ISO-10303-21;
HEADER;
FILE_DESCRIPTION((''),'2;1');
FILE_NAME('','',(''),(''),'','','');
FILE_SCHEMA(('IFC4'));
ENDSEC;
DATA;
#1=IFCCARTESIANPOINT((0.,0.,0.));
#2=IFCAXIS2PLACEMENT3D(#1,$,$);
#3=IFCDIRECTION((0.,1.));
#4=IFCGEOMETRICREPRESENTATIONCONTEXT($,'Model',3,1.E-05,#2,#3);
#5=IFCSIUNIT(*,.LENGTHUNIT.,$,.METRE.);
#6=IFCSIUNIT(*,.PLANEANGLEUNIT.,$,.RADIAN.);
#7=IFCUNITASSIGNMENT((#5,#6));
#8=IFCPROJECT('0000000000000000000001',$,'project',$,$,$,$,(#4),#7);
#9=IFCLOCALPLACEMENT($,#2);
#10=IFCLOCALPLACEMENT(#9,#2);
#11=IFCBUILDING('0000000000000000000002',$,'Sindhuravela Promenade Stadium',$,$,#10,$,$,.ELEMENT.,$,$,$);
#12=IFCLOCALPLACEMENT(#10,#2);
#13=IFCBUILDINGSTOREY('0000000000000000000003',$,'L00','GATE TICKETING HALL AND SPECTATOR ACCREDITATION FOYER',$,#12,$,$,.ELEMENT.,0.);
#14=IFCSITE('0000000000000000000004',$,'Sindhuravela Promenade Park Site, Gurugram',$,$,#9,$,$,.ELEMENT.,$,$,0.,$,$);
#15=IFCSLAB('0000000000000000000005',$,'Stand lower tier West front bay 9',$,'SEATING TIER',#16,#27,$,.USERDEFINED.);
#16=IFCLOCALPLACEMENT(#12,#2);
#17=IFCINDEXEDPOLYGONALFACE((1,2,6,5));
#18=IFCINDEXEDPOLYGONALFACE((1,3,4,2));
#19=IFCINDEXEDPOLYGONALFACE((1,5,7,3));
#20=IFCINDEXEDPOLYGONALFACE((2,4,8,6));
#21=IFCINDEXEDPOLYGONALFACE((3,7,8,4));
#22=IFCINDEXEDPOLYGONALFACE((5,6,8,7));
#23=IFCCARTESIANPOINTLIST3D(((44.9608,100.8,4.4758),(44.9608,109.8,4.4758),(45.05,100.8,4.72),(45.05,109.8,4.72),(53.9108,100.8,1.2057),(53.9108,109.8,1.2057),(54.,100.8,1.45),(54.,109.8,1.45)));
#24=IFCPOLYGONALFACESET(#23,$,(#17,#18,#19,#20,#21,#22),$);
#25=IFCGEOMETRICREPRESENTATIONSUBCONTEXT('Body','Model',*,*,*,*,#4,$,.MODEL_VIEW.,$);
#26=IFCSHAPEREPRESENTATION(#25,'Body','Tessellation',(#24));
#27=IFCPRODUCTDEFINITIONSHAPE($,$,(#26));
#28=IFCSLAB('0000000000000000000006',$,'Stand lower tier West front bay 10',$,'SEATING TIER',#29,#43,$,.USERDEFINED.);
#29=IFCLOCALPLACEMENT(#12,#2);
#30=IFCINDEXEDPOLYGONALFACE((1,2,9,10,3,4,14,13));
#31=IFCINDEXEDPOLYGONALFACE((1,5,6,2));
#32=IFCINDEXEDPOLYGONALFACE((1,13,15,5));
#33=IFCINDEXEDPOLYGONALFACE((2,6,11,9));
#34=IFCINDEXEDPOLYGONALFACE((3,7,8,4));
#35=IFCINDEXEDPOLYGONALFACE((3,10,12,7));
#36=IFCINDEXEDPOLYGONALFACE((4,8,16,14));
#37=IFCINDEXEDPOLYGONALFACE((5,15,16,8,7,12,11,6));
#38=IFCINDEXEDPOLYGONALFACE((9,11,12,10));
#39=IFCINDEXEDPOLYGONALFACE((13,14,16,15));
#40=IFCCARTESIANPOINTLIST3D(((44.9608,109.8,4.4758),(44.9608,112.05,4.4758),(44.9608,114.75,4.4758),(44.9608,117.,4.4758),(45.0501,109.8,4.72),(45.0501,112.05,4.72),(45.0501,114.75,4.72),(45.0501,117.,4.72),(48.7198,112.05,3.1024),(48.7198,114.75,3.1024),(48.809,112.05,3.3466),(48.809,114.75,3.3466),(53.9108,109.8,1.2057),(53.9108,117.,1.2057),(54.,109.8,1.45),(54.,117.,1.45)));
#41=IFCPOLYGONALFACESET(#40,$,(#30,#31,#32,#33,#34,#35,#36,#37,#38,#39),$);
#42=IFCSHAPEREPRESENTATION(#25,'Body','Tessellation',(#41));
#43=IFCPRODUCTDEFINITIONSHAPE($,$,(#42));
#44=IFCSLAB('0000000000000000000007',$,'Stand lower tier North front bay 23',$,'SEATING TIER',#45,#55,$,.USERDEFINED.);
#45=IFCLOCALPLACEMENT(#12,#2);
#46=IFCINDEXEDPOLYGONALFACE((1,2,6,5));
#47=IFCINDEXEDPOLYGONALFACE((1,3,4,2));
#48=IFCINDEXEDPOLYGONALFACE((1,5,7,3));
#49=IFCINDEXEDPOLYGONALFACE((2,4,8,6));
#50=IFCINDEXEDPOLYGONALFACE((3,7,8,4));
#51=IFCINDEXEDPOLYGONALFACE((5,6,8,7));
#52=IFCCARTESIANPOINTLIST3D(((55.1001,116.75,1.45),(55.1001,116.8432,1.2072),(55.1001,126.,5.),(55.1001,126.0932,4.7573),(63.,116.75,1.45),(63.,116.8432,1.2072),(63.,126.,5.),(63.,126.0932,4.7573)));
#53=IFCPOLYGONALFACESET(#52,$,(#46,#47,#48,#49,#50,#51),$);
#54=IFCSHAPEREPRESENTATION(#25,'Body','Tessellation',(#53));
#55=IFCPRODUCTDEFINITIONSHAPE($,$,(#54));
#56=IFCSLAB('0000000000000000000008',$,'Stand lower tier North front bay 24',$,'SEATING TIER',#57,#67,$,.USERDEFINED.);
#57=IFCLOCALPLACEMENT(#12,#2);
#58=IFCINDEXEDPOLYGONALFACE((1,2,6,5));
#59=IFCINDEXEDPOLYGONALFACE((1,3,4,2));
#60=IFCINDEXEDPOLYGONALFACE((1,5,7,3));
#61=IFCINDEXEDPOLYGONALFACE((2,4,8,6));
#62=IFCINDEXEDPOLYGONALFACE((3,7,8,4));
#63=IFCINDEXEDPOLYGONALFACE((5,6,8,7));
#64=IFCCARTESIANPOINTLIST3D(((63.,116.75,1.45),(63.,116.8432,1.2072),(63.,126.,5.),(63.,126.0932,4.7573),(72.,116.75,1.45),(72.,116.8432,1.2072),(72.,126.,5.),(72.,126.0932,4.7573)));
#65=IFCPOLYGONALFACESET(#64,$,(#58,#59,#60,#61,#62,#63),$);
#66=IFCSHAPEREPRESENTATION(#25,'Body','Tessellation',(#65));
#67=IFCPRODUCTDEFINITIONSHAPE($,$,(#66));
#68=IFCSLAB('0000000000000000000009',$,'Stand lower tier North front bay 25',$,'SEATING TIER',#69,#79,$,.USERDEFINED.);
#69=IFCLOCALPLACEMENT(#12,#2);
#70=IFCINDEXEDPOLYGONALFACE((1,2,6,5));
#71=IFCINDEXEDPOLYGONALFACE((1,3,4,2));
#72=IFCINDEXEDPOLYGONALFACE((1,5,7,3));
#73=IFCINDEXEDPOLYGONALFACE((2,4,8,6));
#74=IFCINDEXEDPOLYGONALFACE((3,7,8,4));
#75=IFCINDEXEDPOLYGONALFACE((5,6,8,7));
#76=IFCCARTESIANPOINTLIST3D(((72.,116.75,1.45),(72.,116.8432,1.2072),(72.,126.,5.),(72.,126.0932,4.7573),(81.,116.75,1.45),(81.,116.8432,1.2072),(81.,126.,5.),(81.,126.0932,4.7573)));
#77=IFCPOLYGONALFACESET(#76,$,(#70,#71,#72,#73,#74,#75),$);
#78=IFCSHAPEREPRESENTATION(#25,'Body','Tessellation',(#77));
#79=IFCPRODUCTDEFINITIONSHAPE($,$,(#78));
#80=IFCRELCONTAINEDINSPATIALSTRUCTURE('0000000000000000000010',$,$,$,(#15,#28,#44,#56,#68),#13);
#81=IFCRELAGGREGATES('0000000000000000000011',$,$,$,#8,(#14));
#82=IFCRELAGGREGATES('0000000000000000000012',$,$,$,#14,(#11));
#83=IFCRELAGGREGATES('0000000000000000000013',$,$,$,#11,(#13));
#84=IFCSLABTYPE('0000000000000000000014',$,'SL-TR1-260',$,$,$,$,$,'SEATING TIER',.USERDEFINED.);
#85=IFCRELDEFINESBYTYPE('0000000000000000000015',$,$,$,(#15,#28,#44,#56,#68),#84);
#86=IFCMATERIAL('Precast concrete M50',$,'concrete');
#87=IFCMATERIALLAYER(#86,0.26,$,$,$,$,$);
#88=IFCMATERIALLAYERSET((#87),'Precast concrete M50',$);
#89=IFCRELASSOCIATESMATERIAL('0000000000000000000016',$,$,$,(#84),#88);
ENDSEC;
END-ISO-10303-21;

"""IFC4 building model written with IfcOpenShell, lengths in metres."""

from ifc_helpers import new_model, si_unit, direction, frame, origin, place, context, subcontext, project, spatial, polyline, outline, extrude, material, layer, layer_set, type_object, element, save


model = new_model("IFC4")

# Units and contexts
model_context = context("Model", 3, precision=1e-05, world=origin(), true_north=direction((0.0, 1.0)))
body_context = subcontext(model_context, "Body", "Model", "MODEL_VIEW")
ifc_project = project(units=[si_unit("LENGTHUNIT", "METRE"), si_unit("PLANEANGLEUNIT", "RADIAN")], contexts=[model_context])

# Site, building, storey
site_placement = place(None, origin())
site = spatial("IfcSite", under=ifc_project, at=site_placement, Name="Sindhuravela Promenade Park Site, Gurugram", CompositionType="ELEMENT", RefElevation=0.0)
building_placement = place(site_placement, origin())
building = spatial("IfcBuilding", under=site, at=building_placement, Name="Sindhuravela Promenade Stadium", CompositionType="ELEMENT")
storey_placement = place(building_placement, origin())
storey = spatial("IfcBuildingStorey", under=building, at=storey_placement, Name="L00", Description="GATE TICKETING HALL AND SPECTATOR ACCREDITATION FOYER", CompositionType="ELEMENT", Elevation=0.0)

# Slabs
ifc_material_1 = material(Name="Precast concrete M50", Category="concrete")
ifc_layer_1 = layer(ifc_material_1, 0.26)
ifc_layer_set_1 = layer_set([ifc_layer_1], Name="Precast concrete M50")
slab_type = type_object("IfcSlabType", Name="SL-TR1-260", ElementType="SEATING TIER", PredefinedType="USERDEFINED", material=ifc_layer_set_1)
slab_1_placement = place(storey_placement, frame((54.0, 100.8, 1.45), z_axis=(0.343179, 0.0, 0.93927), x_axis=(0.0, 1.0, 0.0)))
element("IfcSlab", 1, at=slab_1_placement, inside=storey, type_object=slab_type, Name="Stand lower tier West front bay 9", ObjectType="SEATING TIER", PredefinedType="USERDEFINED", context=body_context, shape_type="SweptSolid", body=[
    extrude(outline(polyline([(0.0, 0.0), (9.0, 0.0), (9.0, 9.5286), (0.0, 9.5286), (0.0, 0.0)])), origin(), (0.0, 0.0, -1.0), 0.26),
])
slab_2_placement = place(storey_placement, frame((54.0, 109.8, 1.45), z_axis=(0.343184, 0.0, 0.939268), x_axis=(0.0, 1.0, 0.0)))
element("IfcSlab", 2, at=slab_2_placement, inside=storey, type_object=slab_type, Name="Stand lower tier West front bay 10", ObjectType="SEATING TIER", PredefinedType="USERDEFINED", context=body_context, shape_type="SweptSolid", body=[
    extrude(outline(polyline([(0.0, 0.0), (7.2, 0.0), (7.2, 9.5286), (4.95, 9.5286), (4.95, 5.5266), (2.25, 5.5266), (2.25, 9.5286), (0.0, 9.5286), (0.0, 0.0)])), origin(), (0.0, 0.0, -1.0), 0.26),
])
slab_3_placement = place(storey_placement, frame((55.1001, 116.75, 1.45), z_axis=(0.0, -0.358307, 0.933604), x_axis=(1.0, 0.0, 0.0)))
element("IfcSlab", 3, at=slab_3_placement, inside=storey, type_object=slab_type, Name="Stand lower tier North front bay 23", ObjectType="SEATING TIER", PredefinedType="USERDEFINED", context=body_context, shape_type="SweptSolid", body=[
    extrude(outline(polyline([(0.0, 0.0), (7.8999, 0.0), (7.8999, 9.9078), (0.0, 9.9078), (0.0, 0.0)])), origin(), (0.0, 0.0, -1.0), 0.26),
])
for number, where, z_axis, x_axis, name in (
    (4, (63.0, 116.75, 1.45), (0.0, -0.358307, 0.933604), (1.0, 0.0, 0.0), "Stand lower tier North front bay 24"),
    (5, (72.0, 116.75, 1.45), (0.0, -0.358307, 0.933604), (1.0, 0.0, 0.0), "Stand lower tier North front bay 25"),
):
    element("IfcSlab", number, at=place(storey_placement, frame(where, z_axis=z_axis, x_axis=x_axis)), inside=storey, type_object=slab_type, Name=name, ObjectType="SEATING TIER", PredefinedType="USERDEFINED", context=body_context, shape_type="SweptSolid", body=[
        extrude(outline(polyline([(0.0, 0.0), (9.0, 0.0), (9.0, 9.9078), (0.0, 9.9078), (0.0, 0.0)])), origin(), (0.0, 0.0, -1.0), 0.26),
    ])

save(model, "model.ifc")
